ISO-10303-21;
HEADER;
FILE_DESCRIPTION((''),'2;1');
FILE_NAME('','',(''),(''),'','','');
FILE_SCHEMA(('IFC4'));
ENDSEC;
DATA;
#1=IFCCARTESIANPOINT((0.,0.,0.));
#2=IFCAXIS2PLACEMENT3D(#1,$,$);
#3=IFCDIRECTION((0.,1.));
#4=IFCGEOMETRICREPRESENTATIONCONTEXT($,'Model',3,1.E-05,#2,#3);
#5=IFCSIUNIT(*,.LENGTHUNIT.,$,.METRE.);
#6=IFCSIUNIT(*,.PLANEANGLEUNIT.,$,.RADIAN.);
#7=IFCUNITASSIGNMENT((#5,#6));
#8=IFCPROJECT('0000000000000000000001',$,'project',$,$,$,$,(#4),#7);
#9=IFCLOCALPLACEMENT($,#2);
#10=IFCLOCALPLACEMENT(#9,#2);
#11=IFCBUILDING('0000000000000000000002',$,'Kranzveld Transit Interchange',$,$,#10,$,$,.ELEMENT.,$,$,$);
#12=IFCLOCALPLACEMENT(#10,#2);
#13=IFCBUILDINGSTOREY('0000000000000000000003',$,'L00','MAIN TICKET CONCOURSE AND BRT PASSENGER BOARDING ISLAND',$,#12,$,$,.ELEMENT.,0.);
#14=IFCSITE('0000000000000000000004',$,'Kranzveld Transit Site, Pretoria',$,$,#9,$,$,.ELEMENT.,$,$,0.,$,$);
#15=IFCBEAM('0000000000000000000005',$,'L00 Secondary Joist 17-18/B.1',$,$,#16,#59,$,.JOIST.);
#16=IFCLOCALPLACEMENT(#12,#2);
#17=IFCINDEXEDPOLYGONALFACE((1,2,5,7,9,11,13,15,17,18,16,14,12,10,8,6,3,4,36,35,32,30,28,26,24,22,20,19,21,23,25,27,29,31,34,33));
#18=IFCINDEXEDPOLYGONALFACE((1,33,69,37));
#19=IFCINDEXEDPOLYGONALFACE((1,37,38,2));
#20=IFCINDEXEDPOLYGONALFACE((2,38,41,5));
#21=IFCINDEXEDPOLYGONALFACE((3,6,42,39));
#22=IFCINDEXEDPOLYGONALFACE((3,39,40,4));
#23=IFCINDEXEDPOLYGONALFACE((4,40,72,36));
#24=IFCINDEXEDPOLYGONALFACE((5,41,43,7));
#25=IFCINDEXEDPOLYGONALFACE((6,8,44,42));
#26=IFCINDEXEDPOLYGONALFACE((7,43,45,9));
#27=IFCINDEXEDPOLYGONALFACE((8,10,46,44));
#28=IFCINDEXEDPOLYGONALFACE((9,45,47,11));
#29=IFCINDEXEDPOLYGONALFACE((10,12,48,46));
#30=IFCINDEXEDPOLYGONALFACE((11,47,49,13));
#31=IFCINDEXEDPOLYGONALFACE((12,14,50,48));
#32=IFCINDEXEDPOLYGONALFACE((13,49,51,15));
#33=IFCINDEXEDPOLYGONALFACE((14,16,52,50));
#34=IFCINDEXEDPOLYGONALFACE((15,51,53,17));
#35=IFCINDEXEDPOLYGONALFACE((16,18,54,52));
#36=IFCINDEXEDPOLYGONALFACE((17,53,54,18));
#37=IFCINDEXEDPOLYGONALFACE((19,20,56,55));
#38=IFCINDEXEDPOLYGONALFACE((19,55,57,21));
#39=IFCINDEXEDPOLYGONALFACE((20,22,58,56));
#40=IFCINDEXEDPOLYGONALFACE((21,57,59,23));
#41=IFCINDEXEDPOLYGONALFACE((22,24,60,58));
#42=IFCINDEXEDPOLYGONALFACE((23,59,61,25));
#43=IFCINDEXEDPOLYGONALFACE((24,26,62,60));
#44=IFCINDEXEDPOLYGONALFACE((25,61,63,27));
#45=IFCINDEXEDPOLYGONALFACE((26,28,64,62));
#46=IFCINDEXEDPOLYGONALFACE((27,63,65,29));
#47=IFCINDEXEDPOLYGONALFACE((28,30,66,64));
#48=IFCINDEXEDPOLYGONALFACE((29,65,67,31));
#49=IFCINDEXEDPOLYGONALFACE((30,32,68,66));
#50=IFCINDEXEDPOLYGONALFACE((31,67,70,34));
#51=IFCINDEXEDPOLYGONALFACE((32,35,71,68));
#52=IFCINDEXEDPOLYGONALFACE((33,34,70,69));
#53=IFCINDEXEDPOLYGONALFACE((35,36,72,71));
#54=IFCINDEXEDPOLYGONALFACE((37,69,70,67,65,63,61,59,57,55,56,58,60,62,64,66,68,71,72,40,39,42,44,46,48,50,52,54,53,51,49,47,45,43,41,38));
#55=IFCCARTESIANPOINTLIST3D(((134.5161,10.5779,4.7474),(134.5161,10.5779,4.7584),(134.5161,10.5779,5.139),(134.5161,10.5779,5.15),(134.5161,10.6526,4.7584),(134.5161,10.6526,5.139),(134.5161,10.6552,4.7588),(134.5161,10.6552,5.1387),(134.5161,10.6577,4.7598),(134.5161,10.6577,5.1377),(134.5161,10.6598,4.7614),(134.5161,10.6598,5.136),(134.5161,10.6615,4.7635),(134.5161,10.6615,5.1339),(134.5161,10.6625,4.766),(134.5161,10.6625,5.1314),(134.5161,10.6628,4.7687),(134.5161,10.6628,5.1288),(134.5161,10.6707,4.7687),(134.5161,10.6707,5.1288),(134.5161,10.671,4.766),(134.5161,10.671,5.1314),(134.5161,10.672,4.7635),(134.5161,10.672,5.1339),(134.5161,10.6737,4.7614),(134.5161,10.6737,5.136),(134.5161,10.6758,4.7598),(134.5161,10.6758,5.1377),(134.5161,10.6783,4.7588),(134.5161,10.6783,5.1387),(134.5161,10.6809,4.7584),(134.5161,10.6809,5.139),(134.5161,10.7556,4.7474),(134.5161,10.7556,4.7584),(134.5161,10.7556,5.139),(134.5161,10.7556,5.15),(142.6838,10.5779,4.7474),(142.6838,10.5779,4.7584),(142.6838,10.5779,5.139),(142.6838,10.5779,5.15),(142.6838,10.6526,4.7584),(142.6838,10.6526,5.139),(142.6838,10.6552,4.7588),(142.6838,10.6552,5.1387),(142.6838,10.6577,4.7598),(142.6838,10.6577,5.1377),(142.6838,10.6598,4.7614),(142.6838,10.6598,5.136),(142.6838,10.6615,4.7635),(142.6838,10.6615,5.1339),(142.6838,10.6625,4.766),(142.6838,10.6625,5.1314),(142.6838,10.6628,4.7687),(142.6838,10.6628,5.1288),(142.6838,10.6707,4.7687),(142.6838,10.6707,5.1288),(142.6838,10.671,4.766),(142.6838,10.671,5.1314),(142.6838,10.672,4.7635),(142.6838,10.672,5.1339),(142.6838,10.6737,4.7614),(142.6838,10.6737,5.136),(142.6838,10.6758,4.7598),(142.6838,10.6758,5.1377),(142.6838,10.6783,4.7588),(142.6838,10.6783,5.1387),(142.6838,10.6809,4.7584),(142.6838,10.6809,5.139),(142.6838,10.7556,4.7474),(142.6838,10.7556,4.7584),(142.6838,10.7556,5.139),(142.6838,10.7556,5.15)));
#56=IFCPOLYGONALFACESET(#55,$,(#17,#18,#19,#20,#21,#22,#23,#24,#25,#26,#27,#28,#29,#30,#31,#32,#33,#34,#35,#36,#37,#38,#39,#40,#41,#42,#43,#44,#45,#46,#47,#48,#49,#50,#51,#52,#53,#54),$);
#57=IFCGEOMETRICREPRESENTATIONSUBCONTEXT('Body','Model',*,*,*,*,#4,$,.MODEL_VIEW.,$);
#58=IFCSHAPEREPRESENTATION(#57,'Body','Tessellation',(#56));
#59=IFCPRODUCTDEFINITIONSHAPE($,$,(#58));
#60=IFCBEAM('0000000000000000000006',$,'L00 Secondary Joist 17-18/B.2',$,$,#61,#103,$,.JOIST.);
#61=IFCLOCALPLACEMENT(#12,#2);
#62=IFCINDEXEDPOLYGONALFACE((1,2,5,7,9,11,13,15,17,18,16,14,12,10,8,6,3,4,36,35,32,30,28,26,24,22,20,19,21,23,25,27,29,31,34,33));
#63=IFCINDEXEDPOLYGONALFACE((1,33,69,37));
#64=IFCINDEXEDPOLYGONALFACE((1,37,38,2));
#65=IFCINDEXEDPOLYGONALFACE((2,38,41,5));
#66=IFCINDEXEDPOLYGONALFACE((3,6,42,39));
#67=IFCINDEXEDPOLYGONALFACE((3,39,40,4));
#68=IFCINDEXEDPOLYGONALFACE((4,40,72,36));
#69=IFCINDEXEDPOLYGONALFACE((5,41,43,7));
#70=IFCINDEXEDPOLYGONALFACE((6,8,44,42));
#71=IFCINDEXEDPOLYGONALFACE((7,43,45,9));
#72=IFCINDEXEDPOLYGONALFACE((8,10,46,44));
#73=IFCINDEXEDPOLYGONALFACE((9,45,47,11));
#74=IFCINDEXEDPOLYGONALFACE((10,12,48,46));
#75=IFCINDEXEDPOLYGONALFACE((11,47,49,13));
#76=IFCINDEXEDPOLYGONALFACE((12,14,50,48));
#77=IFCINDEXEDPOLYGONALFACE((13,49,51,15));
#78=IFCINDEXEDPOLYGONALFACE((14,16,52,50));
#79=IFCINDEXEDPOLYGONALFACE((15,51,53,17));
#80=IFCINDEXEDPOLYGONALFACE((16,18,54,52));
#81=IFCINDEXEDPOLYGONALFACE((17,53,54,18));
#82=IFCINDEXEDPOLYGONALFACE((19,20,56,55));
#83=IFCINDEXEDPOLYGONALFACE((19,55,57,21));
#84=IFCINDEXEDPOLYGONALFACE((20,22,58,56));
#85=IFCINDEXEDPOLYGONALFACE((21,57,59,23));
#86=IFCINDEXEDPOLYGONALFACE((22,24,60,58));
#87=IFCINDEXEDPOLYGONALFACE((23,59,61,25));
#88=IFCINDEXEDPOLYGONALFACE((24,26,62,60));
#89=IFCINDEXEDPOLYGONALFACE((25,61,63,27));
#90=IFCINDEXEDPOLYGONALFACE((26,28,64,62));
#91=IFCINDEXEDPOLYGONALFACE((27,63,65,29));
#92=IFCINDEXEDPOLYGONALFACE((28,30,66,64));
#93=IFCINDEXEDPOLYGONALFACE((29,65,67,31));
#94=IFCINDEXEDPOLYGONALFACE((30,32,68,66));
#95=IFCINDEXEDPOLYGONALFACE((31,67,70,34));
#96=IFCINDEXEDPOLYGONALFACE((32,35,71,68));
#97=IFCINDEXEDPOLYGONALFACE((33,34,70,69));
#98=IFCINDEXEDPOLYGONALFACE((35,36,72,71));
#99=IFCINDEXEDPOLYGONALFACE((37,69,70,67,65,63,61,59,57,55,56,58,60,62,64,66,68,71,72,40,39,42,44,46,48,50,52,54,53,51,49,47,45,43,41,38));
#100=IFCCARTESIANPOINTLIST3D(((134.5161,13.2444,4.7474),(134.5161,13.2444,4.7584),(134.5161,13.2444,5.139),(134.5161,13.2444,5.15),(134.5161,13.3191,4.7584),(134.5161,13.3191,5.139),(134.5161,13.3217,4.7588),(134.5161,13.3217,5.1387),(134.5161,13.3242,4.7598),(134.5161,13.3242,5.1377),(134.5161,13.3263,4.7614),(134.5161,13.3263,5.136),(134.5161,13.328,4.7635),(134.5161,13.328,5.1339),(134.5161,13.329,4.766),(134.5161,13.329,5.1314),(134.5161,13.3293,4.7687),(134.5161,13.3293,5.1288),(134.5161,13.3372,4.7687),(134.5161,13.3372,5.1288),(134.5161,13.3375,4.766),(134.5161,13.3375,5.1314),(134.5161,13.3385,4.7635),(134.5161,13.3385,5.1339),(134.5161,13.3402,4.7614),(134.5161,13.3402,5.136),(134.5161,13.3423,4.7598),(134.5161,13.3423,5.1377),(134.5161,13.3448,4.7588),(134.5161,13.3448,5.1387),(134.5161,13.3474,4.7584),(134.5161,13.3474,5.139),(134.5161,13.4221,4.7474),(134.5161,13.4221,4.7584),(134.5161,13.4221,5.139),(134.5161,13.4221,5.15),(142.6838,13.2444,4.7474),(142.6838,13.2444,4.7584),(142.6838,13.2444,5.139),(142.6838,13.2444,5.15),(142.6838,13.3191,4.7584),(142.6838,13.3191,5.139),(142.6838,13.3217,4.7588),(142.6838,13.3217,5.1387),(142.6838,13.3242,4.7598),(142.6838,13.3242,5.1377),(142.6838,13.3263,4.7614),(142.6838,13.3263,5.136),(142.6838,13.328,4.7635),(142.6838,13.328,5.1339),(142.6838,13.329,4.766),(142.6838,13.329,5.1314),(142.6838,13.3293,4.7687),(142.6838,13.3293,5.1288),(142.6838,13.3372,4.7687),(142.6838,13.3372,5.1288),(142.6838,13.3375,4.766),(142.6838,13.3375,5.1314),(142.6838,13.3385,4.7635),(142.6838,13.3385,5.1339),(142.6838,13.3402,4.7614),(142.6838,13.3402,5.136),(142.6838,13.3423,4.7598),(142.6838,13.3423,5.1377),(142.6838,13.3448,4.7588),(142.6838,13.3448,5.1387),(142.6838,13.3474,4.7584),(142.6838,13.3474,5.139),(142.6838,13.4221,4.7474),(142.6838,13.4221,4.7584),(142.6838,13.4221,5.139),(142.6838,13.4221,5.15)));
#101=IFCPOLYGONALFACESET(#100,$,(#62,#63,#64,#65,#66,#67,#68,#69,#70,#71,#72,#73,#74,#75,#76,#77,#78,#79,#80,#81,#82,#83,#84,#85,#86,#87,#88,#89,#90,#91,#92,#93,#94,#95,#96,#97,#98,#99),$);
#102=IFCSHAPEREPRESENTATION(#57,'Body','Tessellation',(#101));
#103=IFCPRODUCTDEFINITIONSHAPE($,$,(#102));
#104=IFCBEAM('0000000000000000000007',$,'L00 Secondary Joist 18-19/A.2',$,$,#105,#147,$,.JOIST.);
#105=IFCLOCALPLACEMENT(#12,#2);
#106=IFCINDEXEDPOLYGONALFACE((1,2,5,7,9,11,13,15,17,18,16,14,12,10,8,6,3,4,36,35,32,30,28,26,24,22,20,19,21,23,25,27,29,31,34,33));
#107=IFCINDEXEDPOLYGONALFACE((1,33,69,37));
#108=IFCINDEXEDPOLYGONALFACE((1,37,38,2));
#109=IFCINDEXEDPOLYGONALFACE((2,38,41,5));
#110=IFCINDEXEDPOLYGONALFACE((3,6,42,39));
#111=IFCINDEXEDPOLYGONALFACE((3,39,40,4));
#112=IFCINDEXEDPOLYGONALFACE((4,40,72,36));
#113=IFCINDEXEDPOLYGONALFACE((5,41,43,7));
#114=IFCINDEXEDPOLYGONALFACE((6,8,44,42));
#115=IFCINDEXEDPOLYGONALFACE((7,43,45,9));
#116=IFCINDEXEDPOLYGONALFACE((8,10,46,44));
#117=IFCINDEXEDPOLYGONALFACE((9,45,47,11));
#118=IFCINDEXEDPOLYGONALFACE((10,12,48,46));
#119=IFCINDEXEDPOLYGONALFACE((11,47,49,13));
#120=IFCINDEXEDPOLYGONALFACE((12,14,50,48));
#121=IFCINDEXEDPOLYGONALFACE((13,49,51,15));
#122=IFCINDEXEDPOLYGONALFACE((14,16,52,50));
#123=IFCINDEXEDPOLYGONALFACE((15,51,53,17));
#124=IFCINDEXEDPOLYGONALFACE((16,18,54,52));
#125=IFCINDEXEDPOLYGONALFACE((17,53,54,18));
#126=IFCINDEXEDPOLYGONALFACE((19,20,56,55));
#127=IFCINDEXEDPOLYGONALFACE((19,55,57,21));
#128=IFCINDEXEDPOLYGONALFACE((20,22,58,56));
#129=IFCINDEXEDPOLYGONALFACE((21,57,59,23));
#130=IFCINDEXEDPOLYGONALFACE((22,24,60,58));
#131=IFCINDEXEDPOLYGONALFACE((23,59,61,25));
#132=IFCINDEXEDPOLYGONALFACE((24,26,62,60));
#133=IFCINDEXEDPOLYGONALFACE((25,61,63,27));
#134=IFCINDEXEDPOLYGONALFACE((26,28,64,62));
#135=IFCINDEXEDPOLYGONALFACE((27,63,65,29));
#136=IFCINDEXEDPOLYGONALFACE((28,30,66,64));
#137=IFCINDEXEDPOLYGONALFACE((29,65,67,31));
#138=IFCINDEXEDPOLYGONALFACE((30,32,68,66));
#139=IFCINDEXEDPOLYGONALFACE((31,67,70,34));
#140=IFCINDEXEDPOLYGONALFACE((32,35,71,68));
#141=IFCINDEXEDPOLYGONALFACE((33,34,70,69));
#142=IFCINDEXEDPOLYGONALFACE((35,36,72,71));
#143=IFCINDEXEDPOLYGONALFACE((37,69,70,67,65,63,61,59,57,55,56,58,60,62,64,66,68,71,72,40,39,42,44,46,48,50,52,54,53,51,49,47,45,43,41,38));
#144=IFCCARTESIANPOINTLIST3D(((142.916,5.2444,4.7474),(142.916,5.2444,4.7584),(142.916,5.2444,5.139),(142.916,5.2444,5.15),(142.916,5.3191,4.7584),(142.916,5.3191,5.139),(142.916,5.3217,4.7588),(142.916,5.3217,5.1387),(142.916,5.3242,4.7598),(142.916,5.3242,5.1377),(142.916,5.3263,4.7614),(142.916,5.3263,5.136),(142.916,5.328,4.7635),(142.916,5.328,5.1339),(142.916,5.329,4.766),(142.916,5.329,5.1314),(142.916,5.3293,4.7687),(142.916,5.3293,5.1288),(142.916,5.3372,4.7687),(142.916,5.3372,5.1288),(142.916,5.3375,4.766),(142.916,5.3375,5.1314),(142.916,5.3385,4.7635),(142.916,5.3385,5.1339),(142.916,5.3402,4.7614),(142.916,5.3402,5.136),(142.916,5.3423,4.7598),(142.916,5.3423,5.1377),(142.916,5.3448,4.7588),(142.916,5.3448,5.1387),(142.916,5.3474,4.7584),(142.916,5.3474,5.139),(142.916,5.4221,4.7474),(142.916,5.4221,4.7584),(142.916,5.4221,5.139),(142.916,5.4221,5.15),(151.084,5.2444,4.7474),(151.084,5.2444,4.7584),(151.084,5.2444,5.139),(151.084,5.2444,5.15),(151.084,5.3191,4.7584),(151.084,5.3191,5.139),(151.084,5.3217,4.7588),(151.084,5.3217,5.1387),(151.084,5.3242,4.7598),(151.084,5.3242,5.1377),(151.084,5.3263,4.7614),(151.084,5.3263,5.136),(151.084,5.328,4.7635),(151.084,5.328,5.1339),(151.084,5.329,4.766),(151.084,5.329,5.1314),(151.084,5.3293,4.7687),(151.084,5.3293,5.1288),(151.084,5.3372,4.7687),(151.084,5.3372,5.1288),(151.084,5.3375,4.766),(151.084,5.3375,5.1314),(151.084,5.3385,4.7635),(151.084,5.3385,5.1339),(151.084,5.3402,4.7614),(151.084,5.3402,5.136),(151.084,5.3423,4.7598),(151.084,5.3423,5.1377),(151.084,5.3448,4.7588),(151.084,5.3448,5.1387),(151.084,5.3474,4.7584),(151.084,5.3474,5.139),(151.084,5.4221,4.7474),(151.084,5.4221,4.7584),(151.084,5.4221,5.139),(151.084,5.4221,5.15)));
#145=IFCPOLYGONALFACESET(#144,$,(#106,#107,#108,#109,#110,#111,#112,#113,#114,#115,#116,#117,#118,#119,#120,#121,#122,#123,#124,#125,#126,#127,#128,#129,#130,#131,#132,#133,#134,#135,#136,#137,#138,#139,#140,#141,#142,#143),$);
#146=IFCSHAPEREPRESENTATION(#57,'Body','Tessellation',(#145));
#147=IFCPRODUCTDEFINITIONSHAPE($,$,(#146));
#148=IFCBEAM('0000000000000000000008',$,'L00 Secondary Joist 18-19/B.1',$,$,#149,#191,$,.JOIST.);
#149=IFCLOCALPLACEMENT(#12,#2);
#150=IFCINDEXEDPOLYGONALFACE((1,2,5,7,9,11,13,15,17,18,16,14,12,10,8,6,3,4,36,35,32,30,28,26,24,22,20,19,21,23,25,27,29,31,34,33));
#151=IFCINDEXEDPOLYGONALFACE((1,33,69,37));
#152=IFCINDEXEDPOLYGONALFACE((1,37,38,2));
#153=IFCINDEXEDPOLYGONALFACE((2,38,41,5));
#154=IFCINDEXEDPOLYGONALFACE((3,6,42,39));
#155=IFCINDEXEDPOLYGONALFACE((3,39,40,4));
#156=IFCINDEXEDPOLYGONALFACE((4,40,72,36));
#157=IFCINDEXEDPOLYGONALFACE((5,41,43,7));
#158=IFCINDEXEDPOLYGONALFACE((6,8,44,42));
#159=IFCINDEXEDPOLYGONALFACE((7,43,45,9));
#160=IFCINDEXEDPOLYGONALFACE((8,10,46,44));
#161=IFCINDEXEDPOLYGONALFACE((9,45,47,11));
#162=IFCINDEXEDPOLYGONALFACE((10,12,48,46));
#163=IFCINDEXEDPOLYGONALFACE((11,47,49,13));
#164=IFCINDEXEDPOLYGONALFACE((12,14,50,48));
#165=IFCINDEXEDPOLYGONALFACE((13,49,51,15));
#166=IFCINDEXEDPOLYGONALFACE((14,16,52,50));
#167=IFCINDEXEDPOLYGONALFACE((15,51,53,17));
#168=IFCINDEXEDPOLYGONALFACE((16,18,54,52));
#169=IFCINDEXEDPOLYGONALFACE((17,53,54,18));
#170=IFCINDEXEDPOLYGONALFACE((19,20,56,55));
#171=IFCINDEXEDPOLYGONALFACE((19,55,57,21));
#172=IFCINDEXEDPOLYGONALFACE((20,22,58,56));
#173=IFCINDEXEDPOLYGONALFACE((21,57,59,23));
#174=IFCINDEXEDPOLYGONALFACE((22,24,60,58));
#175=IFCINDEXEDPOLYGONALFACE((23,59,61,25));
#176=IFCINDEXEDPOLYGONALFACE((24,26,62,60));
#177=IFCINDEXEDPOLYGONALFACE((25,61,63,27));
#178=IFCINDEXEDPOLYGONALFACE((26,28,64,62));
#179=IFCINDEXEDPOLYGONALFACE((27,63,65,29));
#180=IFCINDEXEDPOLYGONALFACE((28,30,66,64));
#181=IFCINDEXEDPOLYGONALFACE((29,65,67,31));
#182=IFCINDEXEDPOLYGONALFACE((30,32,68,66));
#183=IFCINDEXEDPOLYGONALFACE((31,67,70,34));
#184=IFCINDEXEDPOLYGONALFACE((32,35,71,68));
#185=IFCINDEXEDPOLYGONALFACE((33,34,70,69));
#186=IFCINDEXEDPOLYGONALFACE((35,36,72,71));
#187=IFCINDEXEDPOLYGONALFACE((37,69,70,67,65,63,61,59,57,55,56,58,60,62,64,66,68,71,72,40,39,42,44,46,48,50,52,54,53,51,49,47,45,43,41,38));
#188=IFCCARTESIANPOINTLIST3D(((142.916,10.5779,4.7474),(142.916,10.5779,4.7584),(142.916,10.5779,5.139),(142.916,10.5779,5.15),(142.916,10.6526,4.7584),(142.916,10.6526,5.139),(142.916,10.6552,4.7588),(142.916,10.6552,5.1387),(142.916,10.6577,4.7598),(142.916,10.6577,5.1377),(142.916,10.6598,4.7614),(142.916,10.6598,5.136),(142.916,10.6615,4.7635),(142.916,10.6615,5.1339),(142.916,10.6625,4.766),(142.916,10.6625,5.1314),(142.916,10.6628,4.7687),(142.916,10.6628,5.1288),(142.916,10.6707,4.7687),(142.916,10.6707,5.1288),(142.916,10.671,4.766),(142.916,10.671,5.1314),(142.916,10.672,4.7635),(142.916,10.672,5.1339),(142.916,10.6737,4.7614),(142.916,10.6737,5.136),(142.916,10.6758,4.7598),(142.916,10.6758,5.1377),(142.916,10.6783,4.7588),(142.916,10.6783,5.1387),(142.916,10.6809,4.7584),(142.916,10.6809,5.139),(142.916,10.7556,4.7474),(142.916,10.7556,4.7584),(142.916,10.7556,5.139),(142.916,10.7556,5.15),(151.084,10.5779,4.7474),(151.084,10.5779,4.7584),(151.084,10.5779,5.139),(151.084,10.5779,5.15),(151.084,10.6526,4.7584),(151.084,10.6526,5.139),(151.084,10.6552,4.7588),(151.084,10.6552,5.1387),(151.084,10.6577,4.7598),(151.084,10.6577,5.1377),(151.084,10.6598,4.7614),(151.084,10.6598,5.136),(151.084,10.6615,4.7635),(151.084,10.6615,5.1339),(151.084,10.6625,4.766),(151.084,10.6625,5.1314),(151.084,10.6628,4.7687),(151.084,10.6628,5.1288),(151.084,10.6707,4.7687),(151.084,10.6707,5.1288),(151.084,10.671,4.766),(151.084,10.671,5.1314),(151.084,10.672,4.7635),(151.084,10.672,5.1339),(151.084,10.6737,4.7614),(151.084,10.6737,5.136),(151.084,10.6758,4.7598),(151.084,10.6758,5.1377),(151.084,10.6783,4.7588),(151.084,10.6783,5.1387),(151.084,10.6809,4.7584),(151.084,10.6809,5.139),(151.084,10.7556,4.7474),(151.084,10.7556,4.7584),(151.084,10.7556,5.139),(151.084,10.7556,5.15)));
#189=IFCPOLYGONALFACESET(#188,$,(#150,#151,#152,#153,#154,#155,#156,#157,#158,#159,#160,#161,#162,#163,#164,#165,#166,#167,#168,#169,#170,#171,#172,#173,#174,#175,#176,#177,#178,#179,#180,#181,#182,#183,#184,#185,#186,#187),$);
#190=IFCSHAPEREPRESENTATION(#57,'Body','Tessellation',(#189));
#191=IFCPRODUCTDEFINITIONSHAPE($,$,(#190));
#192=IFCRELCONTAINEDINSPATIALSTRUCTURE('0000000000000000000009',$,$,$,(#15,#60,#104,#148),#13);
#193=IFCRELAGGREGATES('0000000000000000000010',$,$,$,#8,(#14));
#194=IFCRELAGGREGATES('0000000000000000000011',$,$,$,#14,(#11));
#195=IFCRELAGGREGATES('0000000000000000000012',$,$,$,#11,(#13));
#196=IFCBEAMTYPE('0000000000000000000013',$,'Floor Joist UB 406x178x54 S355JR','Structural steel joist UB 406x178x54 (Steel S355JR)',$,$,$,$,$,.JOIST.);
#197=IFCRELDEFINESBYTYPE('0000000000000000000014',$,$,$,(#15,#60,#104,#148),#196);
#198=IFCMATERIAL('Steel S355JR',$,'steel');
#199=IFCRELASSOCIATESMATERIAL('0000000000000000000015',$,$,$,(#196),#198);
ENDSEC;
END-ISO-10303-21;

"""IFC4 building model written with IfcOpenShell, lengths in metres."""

from ifc_helpers import new_model, si_unit, direction, frame, origin, origin_2d, place, context, subcontext, project, spatial, i_section, extrude, material, material_profile, profile_set, type_object, element, save


model = new_model("IFC4")

# Units and contexts
model_context = context("Model", 3, precision=1e-05, world=origin(), true_north=direction((0.0, 1.0)))
body_context = subcontext(model_context, "Body", "Model", "MODEL_VIEW")
ifc_project = project(units=[si_unit("LENGTHUNIT", "METRE"), si_unit("PLANEANGLEUNIT", "RADIAN")], contexts=[model_context])

# Site, building, storey
site_placement = place(None, origin())
site = spatial("IfcSite", under=ifc_project, at=site_placement, Name="Kranzveld Transit Site, Pretoria", CompositionType="ELEMENT", RefElevation=0.0)
building_placement = place(site_placement, origin())
building = spatial("IfcBuilding", under=site, at=building_placement, Name="Kranzveld Transit Interchange", CompositionType="ELEMENT")
storey_placement = place(building_placement, origin())
storey = spatial("IfcBuildingStorey", under=building, at=storey_placement, Name="L00", Description="MAIN TICKET CONCOURSE AND BRT PASSENGER BOARDING ISLAND", CompositionType="ELEMENT", Elevation=0.0)

# Beams
ifc_material_1 = material(Name="Steel S355JR", Category="steel")
ifc_material_profile_1 = material_profile(ifc_material_1, i_section(OverallWidth=0.1777, OverallDepth=0.4026, WebThickness=0.0078, FlangeThickness=0.011, FilletRadius=0.0103, at=origin_2d()), Name="UB 406x178x54")
ifc_profile_set_1 = profile_set([ifc_material_profile_1], Name="Steel S355JR")
beam_type_1 = type_object("IfcBeamType", Name="Floor Joist UB 406x178x54 S355JR", Description="Structural steel joist UB 406x178x54 (Steel S355JR)", PredefinedType="JOIST", material=ifc_profile_set_1)
for number, where, z_axis, x_axis, name in (
    (1, (134.5161, 10.6667, 4.9487), (1.0, 0.0, 0.0), (0.0, 1.0, 0.0), "L00 Secondary Joist 17-18/B.1"),
    (2, (134.5161, 13.3333, 4.9487), (1.0, 0.0, 0.0), (0.0, 1.0, 0.0), "L00 Secondary Joist 17-18/B.2"),
):
    element("IfcBeam", number, at=place(storey_placement, frame(where, z_axis=z_axis, x_axis=x_axis)), inside=storey, type_object=beam_type_1, Name=name, PredefinedType="JOIST", context=body_context, shape_type="SweptSolid", body=[
        extrude(i_section(OverallWidth=0.1777, OverallDepth=0.4026, WebThickness=0.0078, FlangeThickness=0.011, FilletRadius=0.0103, at=origin_2d()), origin(), (0.0, 0.0, 1.0), 8.1677),
    ])
for number, where, z_axis, x_axis, name in (
    (3, (142.916, 5.3333, 4.9487), (1.0, 0.0, 0.0), (0.0, 1.0, 0.0), "L00 Secondary Joist 18-19/A.2"),
    (4, (142.916, 10.6667, 4.9487), (1.0, 0.0, 0.0), (0.0, 1.0, 0.0), "L00 Secondary Joist 18-19/B.1"),
):
    element("IfcBeam", number, at=place(storey_placement, frame(where, z_axis=z_axis, x_axis=x_axis)), inside=storey, type_object=beam_type_1, Name=name, PredefinedType="JOIST", context=body_context, shape_type="SweptSolid", body=[
        extrude(i_section(OverallWidth=0.1777, OverallDepth=0.4026, WebThickness=0.0078, FlangeThickness=0.011, FilletRadius=0.0103, at=origin_2d()), origin(), (0.0, 0.0, 1.0), 8.168),
    ])

save(model, "model.ifc")
